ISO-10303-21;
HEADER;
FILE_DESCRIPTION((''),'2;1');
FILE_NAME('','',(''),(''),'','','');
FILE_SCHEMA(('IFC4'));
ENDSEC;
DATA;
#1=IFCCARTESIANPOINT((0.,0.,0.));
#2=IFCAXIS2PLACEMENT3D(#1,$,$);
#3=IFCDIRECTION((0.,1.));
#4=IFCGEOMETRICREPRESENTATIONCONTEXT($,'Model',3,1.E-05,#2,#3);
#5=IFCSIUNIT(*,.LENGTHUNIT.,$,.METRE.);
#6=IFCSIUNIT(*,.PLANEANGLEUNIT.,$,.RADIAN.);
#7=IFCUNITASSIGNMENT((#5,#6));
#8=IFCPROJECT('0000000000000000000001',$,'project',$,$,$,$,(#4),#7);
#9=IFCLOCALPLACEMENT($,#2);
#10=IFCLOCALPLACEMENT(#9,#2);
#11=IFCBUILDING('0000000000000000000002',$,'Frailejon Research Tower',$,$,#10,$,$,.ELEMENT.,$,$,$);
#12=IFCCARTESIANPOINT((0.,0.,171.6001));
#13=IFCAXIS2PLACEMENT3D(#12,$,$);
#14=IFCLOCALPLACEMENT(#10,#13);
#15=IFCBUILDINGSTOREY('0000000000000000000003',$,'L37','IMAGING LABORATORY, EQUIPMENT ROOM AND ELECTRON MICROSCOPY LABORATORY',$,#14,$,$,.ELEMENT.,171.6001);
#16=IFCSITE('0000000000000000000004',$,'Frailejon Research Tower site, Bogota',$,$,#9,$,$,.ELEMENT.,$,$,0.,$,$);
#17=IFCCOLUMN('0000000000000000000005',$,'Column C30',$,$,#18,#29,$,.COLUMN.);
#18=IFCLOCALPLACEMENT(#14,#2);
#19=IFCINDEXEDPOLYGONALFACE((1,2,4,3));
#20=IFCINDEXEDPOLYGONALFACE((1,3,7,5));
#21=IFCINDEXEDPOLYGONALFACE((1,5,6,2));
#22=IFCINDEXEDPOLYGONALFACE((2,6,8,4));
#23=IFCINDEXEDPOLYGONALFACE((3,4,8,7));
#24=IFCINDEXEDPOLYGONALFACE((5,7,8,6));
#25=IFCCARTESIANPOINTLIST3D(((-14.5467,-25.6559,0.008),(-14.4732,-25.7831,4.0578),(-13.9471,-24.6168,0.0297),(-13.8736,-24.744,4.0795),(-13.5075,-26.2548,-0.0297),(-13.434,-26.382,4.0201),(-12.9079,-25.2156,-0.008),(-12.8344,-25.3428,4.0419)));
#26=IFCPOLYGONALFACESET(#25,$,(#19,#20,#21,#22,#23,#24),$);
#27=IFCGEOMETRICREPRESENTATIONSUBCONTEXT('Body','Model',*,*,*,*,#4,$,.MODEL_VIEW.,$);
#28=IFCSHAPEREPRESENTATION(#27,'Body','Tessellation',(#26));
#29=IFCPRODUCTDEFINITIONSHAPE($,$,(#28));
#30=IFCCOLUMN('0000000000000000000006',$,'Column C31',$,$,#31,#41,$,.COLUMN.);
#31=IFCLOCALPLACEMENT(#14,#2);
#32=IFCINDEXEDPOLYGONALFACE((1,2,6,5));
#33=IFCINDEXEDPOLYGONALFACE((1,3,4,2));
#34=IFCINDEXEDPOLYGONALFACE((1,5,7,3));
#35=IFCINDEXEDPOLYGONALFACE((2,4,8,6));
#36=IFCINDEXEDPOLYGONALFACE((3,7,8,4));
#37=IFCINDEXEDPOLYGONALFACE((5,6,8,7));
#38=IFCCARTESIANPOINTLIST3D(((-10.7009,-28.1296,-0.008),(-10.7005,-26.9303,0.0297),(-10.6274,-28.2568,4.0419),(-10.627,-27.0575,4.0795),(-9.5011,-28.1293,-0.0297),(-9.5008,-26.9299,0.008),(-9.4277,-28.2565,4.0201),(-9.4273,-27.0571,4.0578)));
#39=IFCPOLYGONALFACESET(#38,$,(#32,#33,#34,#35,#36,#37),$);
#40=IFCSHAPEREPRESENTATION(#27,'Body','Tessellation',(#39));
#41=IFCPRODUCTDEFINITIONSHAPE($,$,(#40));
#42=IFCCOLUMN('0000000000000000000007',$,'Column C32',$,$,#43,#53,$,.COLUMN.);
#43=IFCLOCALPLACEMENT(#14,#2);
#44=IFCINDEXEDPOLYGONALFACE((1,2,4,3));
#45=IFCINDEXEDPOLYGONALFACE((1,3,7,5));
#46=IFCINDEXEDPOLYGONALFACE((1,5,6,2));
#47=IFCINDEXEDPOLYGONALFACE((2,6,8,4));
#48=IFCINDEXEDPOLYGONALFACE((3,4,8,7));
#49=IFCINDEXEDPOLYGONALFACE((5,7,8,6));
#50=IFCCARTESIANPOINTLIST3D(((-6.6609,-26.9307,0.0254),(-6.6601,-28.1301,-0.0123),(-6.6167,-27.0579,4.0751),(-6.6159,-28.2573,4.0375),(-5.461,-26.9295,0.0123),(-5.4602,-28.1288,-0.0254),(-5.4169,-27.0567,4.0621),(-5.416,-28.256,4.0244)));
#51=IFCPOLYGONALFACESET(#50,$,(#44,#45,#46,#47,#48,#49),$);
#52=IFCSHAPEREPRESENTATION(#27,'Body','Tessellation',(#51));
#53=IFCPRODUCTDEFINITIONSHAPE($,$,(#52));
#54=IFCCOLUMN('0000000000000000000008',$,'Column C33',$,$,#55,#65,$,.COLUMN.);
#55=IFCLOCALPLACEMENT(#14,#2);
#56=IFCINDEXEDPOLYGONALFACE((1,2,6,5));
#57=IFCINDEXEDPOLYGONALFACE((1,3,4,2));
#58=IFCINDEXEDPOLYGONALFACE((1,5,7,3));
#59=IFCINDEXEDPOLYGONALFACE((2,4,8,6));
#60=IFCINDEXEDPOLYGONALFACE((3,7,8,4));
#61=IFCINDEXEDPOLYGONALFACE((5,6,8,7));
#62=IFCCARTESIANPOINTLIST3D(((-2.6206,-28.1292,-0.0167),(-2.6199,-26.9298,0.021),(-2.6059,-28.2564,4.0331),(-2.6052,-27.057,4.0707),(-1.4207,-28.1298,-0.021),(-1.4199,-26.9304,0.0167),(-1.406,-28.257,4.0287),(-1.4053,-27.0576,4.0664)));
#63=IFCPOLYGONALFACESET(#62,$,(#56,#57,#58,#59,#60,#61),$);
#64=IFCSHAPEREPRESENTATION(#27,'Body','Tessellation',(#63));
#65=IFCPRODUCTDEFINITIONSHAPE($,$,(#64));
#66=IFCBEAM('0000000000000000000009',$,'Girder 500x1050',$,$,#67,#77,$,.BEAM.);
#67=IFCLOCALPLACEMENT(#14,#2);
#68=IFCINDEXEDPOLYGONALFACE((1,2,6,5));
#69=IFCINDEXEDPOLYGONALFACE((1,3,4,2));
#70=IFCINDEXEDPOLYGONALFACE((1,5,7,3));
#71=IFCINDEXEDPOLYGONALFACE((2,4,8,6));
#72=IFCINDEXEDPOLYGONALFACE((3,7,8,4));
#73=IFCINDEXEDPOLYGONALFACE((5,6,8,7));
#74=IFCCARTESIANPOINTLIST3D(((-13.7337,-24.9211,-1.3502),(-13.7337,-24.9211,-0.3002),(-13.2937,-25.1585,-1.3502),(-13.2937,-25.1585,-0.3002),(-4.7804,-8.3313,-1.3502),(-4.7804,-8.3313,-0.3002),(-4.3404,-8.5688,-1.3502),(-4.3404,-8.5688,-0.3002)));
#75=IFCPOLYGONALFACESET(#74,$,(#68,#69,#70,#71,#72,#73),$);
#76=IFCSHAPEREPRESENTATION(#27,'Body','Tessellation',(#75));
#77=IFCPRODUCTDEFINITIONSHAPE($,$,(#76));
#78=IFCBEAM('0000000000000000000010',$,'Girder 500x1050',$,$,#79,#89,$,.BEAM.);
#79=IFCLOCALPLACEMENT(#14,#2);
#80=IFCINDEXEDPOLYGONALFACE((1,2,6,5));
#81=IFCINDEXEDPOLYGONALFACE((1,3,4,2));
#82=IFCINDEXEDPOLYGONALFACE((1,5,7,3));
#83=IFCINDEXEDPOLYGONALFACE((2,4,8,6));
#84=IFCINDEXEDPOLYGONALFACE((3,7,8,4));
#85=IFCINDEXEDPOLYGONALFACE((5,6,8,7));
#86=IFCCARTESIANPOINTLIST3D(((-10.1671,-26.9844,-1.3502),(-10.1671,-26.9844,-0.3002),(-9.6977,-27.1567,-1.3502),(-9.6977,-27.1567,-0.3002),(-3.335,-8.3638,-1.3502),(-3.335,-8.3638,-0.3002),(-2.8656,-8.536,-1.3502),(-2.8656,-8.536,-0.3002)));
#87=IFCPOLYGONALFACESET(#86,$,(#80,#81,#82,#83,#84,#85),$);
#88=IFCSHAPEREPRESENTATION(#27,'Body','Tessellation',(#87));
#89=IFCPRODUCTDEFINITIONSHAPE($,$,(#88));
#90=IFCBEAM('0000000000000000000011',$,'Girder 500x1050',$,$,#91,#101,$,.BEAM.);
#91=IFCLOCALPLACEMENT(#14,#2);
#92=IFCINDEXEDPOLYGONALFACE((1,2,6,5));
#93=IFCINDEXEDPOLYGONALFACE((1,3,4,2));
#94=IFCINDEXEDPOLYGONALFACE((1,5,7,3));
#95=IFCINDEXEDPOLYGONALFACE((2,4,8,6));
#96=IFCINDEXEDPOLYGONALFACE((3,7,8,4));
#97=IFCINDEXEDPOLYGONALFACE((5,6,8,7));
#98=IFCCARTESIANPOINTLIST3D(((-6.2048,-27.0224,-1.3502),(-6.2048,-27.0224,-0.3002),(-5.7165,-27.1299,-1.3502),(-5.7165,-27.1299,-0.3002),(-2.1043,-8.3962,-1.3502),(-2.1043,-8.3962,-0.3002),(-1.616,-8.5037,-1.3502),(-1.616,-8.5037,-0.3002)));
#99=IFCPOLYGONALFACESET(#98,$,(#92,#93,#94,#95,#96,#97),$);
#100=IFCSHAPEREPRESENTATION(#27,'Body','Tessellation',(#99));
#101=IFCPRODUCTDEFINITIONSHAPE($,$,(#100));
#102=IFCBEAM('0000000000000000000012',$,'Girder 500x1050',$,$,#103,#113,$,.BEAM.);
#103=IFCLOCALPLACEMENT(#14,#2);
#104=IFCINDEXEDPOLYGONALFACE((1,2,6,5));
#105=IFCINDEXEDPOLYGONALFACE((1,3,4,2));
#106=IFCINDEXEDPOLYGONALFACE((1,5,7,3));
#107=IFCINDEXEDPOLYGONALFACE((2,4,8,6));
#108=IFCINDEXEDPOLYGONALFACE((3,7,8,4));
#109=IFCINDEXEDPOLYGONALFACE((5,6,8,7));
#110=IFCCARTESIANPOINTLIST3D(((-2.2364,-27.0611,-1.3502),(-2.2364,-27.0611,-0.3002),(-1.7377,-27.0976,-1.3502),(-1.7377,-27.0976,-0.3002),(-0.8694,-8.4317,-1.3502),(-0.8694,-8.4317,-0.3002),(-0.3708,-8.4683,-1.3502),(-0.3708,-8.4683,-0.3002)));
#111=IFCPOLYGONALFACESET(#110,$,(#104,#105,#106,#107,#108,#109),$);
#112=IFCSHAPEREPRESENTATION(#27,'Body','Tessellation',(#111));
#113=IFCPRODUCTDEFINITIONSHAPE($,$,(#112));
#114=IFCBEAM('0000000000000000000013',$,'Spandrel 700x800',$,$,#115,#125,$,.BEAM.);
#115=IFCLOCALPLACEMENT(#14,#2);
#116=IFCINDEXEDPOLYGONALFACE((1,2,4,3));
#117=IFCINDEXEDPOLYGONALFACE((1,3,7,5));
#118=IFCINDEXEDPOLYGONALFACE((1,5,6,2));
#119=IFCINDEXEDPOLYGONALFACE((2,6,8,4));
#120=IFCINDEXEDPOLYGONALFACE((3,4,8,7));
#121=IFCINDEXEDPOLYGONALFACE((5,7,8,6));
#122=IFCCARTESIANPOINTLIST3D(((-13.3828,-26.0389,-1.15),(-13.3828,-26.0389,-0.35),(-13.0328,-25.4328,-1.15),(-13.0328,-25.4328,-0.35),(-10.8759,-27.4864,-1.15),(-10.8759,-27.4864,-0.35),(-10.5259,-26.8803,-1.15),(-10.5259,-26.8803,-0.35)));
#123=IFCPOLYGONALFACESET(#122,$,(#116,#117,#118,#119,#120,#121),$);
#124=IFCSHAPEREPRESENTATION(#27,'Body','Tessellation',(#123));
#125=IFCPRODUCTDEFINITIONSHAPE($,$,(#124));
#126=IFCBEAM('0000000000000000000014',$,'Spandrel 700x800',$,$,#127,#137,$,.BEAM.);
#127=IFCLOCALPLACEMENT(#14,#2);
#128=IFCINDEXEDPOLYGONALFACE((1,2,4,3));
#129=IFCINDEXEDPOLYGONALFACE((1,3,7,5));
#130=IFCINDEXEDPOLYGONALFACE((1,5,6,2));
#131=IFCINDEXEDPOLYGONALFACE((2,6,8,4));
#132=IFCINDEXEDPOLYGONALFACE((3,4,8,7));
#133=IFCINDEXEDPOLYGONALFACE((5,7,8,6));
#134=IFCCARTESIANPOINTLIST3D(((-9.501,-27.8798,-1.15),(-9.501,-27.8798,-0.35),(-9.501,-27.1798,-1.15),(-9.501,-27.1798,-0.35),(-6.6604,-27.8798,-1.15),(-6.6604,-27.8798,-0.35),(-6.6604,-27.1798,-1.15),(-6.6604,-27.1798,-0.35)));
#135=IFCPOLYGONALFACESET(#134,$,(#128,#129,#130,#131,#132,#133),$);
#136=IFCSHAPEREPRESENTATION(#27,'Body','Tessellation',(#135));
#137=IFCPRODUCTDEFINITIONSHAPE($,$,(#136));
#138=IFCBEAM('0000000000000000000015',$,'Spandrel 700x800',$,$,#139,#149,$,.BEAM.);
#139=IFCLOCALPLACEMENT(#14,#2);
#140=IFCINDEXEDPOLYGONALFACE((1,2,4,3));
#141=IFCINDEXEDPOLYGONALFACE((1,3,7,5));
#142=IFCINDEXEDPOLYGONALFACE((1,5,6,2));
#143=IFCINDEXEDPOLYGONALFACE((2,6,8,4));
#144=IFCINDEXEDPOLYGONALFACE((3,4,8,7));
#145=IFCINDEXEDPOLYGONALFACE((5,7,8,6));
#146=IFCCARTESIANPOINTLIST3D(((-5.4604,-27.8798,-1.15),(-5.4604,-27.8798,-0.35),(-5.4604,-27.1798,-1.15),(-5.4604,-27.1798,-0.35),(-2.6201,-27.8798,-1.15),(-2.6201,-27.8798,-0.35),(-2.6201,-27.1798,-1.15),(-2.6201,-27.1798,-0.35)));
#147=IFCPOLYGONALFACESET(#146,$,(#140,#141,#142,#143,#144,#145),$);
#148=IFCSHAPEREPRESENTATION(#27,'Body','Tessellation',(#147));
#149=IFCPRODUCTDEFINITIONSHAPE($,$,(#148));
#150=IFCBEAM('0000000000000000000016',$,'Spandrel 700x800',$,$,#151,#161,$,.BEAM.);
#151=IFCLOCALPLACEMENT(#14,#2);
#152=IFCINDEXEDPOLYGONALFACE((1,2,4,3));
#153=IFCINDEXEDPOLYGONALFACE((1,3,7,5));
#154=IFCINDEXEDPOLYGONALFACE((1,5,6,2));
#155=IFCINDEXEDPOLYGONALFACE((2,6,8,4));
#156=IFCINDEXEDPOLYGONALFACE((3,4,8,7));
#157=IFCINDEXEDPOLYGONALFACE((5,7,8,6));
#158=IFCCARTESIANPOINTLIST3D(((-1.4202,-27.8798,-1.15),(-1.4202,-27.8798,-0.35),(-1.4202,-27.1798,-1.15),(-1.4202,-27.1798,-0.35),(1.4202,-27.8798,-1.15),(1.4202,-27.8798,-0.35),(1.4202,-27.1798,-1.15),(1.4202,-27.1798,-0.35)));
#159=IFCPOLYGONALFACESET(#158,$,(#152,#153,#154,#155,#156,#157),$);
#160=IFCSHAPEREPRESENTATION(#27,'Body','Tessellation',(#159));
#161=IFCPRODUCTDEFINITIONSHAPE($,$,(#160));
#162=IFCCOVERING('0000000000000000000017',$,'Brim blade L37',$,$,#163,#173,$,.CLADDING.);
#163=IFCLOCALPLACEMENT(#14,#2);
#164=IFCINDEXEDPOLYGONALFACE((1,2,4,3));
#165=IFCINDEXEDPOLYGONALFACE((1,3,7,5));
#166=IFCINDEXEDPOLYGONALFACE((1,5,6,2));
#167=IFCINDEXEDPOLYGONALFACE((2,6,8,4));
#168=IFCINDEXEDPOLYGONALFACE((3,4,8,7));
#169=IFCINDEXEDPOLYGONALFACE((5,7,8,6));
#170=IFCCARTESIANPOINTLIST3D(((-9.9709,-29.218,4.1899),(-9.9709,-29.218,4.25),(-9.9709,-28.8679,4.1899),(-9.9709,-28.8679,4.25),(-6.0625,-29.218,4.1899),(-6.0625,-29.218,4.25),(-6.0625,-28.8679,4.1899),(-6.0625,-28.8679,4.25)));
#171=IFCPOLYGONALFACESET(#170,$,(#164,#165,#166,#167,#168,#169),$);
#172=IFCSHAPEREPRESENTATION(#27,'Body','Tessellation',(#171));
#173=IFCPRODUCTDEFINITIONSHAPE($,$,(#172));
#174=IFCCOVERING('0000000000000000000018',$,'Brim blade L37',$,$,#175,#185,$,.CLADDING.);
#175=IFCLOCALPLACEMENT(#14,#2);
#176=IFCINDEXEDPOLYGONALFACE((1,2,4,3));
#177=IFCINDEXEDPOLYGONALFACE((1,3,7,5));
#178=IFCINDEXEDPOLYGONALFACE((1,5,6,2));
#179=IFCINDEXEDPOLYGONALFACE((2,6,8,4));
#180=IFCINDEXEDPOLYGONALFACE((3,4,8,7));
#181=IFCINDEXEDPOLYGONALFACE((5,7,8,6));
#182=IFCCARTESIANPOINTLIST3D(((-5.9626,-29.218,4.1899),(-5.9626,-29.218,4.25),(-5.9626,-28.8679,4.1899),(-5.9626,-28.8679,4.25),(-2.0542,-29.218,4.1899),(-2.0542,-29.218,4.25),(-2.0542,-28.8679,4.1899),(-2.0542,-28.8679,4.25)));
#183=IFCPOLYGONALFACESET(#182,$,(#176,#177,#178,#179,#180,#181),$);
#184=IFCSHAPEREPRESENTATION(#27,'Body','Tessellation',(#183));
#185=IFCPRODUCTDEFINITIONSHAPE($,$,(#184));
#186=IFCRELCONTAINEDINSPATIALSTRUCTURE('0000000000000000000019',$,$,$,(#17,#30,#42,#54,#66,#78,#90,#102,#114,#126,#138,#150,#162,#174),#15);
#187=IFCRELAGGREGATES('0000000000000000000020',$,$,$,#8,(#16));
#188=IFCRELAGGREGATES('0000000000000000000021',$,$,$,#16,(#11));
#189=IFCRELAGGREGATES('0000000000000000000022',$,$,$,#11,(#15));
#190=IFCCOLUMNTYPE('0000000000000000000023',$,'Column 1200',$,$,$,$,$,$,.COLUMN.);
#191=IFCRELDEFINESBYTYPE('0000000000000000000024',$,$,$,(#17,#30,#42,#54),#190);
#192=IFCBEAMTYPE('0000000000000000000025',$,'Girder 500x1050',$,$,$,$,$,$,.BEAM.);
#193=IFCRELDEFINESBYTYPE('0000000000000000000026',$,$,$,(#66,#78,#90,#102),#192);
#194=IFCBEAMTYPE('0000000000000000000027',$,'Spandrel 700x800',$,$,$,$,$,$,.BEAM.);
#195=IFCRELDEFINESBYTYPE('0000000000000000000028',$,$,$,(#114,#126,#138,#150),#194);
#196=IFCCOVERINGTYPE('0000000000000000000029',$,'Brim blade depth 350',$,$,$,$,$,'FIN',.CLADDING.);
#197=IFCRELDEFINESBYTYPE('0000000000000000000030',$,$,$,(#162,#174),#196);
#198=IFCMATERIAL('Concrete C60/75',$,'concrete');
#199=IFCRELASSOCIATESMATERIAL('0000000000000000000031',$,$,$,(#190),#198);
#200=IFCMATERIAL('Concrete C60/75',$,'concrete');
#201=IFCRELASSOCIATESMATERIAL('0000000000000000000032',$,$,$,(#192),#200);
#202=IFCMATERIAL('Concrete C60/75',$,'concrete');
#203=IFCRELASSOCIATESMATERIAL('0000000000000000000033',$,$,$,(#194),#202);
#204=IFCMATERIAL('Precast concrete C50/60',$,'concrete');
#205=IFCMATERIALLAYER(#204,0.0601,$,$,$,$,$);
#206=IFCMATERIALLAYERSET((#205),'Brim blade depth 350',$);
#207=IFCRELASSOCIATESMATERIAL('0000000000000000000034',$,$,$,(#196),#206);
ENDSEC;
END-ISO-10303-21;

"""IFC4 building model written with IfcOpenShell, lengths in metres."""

from ifc_helpers import new_model, si_unit, direction, frame, origin, origin_2d, place, context, subcontext, project, spatial, polyline, rectangle, outline, extrude, material, layer, layer_set, material_profile, profile_set, type_object, element, save


model = new_model("IFC4")

# Units and contexts
model_context = context("Model", 3, precision=1e-05, world=origin(), true_north=direction((0.0, 1.0)))
body_context = subcontext(model_context, "Body", "Model", "MODEL_VIEW")
ifc_project = project(units=[si_unit("LENGTHUNIT", "METRE"), si_unit("PLANEANGLEUNIT", "RADIAN")], contexts=[model_context])

# Site, building, storey
site_placement = place(None, origin())
site = spatial("IfcSite", under=ifc_project, at=site_placement, Name="Frailejon Research Tower site, Bogota", CompositionType="ELEMENT", RefElevation=0.0)
building_placement = place(site_placement, origin())
building = spatial("IfcBuilding", under=site, at=building_placement, Name="Frailejon Research Tower", CompositionType="ELEMENT")
storey_placement = place(building_placement, frame((0.0, 0.0, 171.6001)))
storey = spatial("IfcBuildingStorey", under=building, at=storey_placement, Name="L37", Description="IMAGING LABORATORY, EQUIPMENT ROOM AND ELECTRON MICROSCOPY LABORATORY", CompositionType="ELEMENT", Elevation=171.6001)

# Columns
ifc_material_1 = material(Name="Concrete C60/75", Category="concrete")
ifc_material_profile_1 = material_profile(ifc_material_1, rectangle(XDim=1.2, YDim=1.2, at=origin_2d()), Name="Column 1200")
ifc_profile_set_1 = profile_set([ifc_material_profile_1], Name="Concrete C60/75")
column_type = type_object("IfcColumnType", Name="Column 1200", PredefinedType="COLUMN", material=ifc_profile_set_1)
for number, where, z_axis, x_axis, name in (
    (1, (-13.7273, -25.4358, 0.0), (0.018134, -0.031388, 0.999343), (0.865999, -0.499059, -0.031389), "Column C30"),
    (2, (-10.1008, -27.5298, 0.0), (0.018134, -0.031388, 0.999343), (0.999836, 0.000261, -0.018134), "Column C31"),
):
    element("IfcColumn", number, at=place(storey_placement, frame(where, z_axis=z_axis, x_axis=x_axis)), inside=storey, type_object=column_type, Name=name, PredefinedType="COLUMN", context=body_context, shape_type="SweptSolid", body=[
        extrude(rectangle(XDim=1.2, YDim=1.2, at=origin_2d()), origin(), (0.0, 0.0, 1.0), 4.0525),
    ])
column_1_placement = place(storey_placement, frame((-6.0605, -27.5298, 0.0), z_axis=(0.010905, -0.031391, 0.999448), x_axis=(0.99994, 0.001064, -0.010877)))
element("IfcColumn", 3, at=column_1_placement, inside=storey, type_object=column_type, Name="Column C32", PredefinedType="COLUMN", context=body_context, shape_type="SweptSolid", body=[
    extrude(rectangle(XDim=1.2, YDim=1.2, at=origin_2d()), origin(), (0.0, 0.0, 1.0), 4.052),
])
column_2_placement = place(storey_placement, frame((-2.0203, -27.5298, 0.0), z_axis=(0.003615, -0.031393, 0.999501), x_axis=(0.999993, -0.000489, -0.003632)))
element("IfcColumn", 4, at=column_2_placement, inside=storey, type_object=column_type, Name="Column C33", PredefinedType="COLUMN", context=body_context, shape_type="SweptSolid", body=[
    extrude(rectangle(XDim=1.2, YDim=1.2, at=origin_2d()), origin(), (0.0, 0.0, 1.0), 4.0518),
])

# Beams
ifc_material_2 = material(Name="Concrete C60/75", Category="concrete")
ifc_material_profile_2 = material_profile(ifc_material_2, rectangle(XDim=0.5, YDim=1.05, at=origin_2d()), Name="Girder 500x1050")
ifc_profile_set_2 = profile_set([ifc_material_profile_2], Name="Concrete C60/75")
beam_type_1 = type_object("IfcBeamType", Name="Girder 500x1050", PredefinedType="BEAM", material=ifc_profile_set_2)
beam_1_placement = place(storey_placement, frame((-13.5137, -25.0398, -0.8252), z_axis=(0.474938, 0.88002, 0.0), x_axis=(-0.88002, 0.474938, 0.0)))
element("IfcBeam", 5, at=beam_1_placement, inside=storey, type_object=beam_type_1, Name="Girder 500x1050", PredefinedType="BEAM", context=body_context, shape_type="SweptSolid", body=[
    extrude(rectangle(XDim=0.5, YDim=1.05, at=origin_2d()), origin(), (0.0, 0.0, 1.0), 18.8516),
])
beam_2_placement = place(storey_placement, frame((-9.9324, -27.0706, -0.8252), z_axis=(0.344454, 0.938803, 0.0), x_axis=(-0.938803, 0.344454, 0.0)))
element("IfcBeam", 6, at=beam_2_placement, inside=storey, type_object=beam_type_1, Name="Girder 500x1050", PredefinedType="BEAM", context=body_context, shape_type="SweptSolid", body=[
    extrude(rectangle(XDim=0.5, YDim=1.05, at=origin_2d()), origin(), (0.0, 0.0, 1.0), 19.8345),
])
beam_3_placement = place(storey_placement, frame((-5.9607, -27.0762, -0.8252), z_axis=(0.215003, 0.976613, 0.0), x_axis=(-0.976613, 0.215003, 0.0)))
element("IfcBeam", 7, at=beam_3_placement, inside=storey, type_object=beam_type_1, Name="Girder 500x1050", PredefinedType="BEAM", context=body_context, shape_type="SweptSolid", body=[
    extrude(rectangle(XDim=0.5, YDim=1.05, at=origin_2d()), origin(), (0.0, 0.0, 1.0), 19.0723),
])
beam_4_placement = place(storey_placement, frame((-1.9871, -27.0793, -0.8252), z_axis=(0.073179, 0.997319, 0.0), x_axis=(-0.997319, 0.073179, 0.0)))
element("IfcBeam", 8, at=beam_4_placement, inside=storey, type_object=beam_type_1, Name="Girder 500x1050", PredefinedType="BEAM", context=body_context, shape_type="SweptSolid", body=[
    extrude(rectangle(XDim=0.5, YDim=1.05, at=origin_2d()), origin(), (0.0, 0.0, 1.0), 18.6794),
])
ifc_material_3 = material(Name="Concrete C60/75", Category="concrete")
ifc_material_profile_3 = material_profile(ifc_material_3, rectangle(XDim=0.7, YDim=0.8, at=origin_2d()), Name="Spandrel 700x800")
ifc_profile_set_3 = profile_set([ifc_material_profile_3], Name="Concrete C60/75")
beam_type_2 = type_object("IfcBeamType", Name="Spandrel 700x800", PredefinedType="BEAM", material=ifc_profile_set_3)
beam_5_placement = place(storey_placement, frame((-13.2078, -25.7358, -0.75), z_axis=(0.865997, -0.500049, 0.0), x_axis=(0.500049, 0.865997, 0.0)))
element("IfcBeam", 9, at=beam_5_placement, inside=storey, type_object=beam_type_2, Name="Spandrel 700x800", PredefinedType="BEAM", context=body_context, shape_type="SweptSolid", body=[
    extrude(rectangle(XDim=0.7, YDim=0.8, at=origin_2d()), origin(), (0.0, 0.0, 1.0), 2.8948),
])
beam_6_placement = place(storey_placement, frame((-9.501, -27.5298, -0.75), z_axis=(1.0, 0.0, 0.0), x_axis=(0.0, 1.0, 0.0)))
element("IfcBeam", 10, at=beam_6_placement, inside=storey, type_object=beam_type_2, Name="Spandrel 700x800", PredefinedType="BEAM", context=body_context, shape_type="SweptSolid", body=[
    extrude(rectangle(XDim=0.7, YDim=0.8, at=origin_2d()), origin(), (0.0, 0.0, 1.0), 2.8406),
])
for number, where, z_axis, x_axis, name in (
    (11, (-5.4604, -27.5298, -0.75), (1.0, 0.0, 0.0), (0.0, 1.0, 0.0), "Spandrel 700x800"),
    (12, (-1.4202, -27.5298, -0.75), (1.0, 0.0, 0.0), (0.0, 1.0, 0.0), "Spandrel 700x800"),
):
    element("IfcBeam", number, at=place(storey_placement, frame(where, z_axis=z_axis, x_axis=x_axis)), inside=storey, type_object=beam_type_2, Name=name, PredefinedType="BEAM", context=body_context, shape_type="SweptSolid", body=[
        extrude(rectangle(XDim=0.7, YDim=0.8, at=origin_2d()), origin(), (0.0, 0.0, 1.0), 2.8403),
    ])

# Coverings
ifc_material_4 = material(Name="Precast concrete C50/60", Category="concrete")
ifc_layer_1 = layer(ifc_material_4, 0.0601)
ifc_layer_set_1 = layer_set([ifc_layer_1], Name="Brim blade depth 350")
covering_type_1 = type_object("IfcCoveringType", Name="Brim blade depth 350", ElementType="FIN", PredefinedType="CLADDING", material=ifc_layer_set_1)
for number, where, z_axis, x_axis, name in (
    (13, (-6.0625, -28.8679, 4.25), (-1.0, 0.0, 0.0), (0.0, -1.0, 0.0), "Brim blade L37"),
    (14, (-2.0542, -28.8679, 4.25), (-1.0, 0.0, 0.0), (0.0, -1.0, 0.0), "Brim blade L37"),
):
    element("IfcCovering", number, at=place(storey_placement, frame(where, z_axis=z_axis, x_axis=x_axis)), inside=storey, type_object=covering_type_1, Name=name, PredefinedType="CLADDING", context=body_context, shape_type="SweptSolid", body=[
        extrude(outline(polyline([(0.0, -0.0601), (0.3501, -0.0601), (0.3501, 0.0), (0.0, 0.0), (0.0, -0.0601)])), origin(), (0.0, 0.0, 1.0), 3.9084),
    ])

save(model, "model.ifc")
